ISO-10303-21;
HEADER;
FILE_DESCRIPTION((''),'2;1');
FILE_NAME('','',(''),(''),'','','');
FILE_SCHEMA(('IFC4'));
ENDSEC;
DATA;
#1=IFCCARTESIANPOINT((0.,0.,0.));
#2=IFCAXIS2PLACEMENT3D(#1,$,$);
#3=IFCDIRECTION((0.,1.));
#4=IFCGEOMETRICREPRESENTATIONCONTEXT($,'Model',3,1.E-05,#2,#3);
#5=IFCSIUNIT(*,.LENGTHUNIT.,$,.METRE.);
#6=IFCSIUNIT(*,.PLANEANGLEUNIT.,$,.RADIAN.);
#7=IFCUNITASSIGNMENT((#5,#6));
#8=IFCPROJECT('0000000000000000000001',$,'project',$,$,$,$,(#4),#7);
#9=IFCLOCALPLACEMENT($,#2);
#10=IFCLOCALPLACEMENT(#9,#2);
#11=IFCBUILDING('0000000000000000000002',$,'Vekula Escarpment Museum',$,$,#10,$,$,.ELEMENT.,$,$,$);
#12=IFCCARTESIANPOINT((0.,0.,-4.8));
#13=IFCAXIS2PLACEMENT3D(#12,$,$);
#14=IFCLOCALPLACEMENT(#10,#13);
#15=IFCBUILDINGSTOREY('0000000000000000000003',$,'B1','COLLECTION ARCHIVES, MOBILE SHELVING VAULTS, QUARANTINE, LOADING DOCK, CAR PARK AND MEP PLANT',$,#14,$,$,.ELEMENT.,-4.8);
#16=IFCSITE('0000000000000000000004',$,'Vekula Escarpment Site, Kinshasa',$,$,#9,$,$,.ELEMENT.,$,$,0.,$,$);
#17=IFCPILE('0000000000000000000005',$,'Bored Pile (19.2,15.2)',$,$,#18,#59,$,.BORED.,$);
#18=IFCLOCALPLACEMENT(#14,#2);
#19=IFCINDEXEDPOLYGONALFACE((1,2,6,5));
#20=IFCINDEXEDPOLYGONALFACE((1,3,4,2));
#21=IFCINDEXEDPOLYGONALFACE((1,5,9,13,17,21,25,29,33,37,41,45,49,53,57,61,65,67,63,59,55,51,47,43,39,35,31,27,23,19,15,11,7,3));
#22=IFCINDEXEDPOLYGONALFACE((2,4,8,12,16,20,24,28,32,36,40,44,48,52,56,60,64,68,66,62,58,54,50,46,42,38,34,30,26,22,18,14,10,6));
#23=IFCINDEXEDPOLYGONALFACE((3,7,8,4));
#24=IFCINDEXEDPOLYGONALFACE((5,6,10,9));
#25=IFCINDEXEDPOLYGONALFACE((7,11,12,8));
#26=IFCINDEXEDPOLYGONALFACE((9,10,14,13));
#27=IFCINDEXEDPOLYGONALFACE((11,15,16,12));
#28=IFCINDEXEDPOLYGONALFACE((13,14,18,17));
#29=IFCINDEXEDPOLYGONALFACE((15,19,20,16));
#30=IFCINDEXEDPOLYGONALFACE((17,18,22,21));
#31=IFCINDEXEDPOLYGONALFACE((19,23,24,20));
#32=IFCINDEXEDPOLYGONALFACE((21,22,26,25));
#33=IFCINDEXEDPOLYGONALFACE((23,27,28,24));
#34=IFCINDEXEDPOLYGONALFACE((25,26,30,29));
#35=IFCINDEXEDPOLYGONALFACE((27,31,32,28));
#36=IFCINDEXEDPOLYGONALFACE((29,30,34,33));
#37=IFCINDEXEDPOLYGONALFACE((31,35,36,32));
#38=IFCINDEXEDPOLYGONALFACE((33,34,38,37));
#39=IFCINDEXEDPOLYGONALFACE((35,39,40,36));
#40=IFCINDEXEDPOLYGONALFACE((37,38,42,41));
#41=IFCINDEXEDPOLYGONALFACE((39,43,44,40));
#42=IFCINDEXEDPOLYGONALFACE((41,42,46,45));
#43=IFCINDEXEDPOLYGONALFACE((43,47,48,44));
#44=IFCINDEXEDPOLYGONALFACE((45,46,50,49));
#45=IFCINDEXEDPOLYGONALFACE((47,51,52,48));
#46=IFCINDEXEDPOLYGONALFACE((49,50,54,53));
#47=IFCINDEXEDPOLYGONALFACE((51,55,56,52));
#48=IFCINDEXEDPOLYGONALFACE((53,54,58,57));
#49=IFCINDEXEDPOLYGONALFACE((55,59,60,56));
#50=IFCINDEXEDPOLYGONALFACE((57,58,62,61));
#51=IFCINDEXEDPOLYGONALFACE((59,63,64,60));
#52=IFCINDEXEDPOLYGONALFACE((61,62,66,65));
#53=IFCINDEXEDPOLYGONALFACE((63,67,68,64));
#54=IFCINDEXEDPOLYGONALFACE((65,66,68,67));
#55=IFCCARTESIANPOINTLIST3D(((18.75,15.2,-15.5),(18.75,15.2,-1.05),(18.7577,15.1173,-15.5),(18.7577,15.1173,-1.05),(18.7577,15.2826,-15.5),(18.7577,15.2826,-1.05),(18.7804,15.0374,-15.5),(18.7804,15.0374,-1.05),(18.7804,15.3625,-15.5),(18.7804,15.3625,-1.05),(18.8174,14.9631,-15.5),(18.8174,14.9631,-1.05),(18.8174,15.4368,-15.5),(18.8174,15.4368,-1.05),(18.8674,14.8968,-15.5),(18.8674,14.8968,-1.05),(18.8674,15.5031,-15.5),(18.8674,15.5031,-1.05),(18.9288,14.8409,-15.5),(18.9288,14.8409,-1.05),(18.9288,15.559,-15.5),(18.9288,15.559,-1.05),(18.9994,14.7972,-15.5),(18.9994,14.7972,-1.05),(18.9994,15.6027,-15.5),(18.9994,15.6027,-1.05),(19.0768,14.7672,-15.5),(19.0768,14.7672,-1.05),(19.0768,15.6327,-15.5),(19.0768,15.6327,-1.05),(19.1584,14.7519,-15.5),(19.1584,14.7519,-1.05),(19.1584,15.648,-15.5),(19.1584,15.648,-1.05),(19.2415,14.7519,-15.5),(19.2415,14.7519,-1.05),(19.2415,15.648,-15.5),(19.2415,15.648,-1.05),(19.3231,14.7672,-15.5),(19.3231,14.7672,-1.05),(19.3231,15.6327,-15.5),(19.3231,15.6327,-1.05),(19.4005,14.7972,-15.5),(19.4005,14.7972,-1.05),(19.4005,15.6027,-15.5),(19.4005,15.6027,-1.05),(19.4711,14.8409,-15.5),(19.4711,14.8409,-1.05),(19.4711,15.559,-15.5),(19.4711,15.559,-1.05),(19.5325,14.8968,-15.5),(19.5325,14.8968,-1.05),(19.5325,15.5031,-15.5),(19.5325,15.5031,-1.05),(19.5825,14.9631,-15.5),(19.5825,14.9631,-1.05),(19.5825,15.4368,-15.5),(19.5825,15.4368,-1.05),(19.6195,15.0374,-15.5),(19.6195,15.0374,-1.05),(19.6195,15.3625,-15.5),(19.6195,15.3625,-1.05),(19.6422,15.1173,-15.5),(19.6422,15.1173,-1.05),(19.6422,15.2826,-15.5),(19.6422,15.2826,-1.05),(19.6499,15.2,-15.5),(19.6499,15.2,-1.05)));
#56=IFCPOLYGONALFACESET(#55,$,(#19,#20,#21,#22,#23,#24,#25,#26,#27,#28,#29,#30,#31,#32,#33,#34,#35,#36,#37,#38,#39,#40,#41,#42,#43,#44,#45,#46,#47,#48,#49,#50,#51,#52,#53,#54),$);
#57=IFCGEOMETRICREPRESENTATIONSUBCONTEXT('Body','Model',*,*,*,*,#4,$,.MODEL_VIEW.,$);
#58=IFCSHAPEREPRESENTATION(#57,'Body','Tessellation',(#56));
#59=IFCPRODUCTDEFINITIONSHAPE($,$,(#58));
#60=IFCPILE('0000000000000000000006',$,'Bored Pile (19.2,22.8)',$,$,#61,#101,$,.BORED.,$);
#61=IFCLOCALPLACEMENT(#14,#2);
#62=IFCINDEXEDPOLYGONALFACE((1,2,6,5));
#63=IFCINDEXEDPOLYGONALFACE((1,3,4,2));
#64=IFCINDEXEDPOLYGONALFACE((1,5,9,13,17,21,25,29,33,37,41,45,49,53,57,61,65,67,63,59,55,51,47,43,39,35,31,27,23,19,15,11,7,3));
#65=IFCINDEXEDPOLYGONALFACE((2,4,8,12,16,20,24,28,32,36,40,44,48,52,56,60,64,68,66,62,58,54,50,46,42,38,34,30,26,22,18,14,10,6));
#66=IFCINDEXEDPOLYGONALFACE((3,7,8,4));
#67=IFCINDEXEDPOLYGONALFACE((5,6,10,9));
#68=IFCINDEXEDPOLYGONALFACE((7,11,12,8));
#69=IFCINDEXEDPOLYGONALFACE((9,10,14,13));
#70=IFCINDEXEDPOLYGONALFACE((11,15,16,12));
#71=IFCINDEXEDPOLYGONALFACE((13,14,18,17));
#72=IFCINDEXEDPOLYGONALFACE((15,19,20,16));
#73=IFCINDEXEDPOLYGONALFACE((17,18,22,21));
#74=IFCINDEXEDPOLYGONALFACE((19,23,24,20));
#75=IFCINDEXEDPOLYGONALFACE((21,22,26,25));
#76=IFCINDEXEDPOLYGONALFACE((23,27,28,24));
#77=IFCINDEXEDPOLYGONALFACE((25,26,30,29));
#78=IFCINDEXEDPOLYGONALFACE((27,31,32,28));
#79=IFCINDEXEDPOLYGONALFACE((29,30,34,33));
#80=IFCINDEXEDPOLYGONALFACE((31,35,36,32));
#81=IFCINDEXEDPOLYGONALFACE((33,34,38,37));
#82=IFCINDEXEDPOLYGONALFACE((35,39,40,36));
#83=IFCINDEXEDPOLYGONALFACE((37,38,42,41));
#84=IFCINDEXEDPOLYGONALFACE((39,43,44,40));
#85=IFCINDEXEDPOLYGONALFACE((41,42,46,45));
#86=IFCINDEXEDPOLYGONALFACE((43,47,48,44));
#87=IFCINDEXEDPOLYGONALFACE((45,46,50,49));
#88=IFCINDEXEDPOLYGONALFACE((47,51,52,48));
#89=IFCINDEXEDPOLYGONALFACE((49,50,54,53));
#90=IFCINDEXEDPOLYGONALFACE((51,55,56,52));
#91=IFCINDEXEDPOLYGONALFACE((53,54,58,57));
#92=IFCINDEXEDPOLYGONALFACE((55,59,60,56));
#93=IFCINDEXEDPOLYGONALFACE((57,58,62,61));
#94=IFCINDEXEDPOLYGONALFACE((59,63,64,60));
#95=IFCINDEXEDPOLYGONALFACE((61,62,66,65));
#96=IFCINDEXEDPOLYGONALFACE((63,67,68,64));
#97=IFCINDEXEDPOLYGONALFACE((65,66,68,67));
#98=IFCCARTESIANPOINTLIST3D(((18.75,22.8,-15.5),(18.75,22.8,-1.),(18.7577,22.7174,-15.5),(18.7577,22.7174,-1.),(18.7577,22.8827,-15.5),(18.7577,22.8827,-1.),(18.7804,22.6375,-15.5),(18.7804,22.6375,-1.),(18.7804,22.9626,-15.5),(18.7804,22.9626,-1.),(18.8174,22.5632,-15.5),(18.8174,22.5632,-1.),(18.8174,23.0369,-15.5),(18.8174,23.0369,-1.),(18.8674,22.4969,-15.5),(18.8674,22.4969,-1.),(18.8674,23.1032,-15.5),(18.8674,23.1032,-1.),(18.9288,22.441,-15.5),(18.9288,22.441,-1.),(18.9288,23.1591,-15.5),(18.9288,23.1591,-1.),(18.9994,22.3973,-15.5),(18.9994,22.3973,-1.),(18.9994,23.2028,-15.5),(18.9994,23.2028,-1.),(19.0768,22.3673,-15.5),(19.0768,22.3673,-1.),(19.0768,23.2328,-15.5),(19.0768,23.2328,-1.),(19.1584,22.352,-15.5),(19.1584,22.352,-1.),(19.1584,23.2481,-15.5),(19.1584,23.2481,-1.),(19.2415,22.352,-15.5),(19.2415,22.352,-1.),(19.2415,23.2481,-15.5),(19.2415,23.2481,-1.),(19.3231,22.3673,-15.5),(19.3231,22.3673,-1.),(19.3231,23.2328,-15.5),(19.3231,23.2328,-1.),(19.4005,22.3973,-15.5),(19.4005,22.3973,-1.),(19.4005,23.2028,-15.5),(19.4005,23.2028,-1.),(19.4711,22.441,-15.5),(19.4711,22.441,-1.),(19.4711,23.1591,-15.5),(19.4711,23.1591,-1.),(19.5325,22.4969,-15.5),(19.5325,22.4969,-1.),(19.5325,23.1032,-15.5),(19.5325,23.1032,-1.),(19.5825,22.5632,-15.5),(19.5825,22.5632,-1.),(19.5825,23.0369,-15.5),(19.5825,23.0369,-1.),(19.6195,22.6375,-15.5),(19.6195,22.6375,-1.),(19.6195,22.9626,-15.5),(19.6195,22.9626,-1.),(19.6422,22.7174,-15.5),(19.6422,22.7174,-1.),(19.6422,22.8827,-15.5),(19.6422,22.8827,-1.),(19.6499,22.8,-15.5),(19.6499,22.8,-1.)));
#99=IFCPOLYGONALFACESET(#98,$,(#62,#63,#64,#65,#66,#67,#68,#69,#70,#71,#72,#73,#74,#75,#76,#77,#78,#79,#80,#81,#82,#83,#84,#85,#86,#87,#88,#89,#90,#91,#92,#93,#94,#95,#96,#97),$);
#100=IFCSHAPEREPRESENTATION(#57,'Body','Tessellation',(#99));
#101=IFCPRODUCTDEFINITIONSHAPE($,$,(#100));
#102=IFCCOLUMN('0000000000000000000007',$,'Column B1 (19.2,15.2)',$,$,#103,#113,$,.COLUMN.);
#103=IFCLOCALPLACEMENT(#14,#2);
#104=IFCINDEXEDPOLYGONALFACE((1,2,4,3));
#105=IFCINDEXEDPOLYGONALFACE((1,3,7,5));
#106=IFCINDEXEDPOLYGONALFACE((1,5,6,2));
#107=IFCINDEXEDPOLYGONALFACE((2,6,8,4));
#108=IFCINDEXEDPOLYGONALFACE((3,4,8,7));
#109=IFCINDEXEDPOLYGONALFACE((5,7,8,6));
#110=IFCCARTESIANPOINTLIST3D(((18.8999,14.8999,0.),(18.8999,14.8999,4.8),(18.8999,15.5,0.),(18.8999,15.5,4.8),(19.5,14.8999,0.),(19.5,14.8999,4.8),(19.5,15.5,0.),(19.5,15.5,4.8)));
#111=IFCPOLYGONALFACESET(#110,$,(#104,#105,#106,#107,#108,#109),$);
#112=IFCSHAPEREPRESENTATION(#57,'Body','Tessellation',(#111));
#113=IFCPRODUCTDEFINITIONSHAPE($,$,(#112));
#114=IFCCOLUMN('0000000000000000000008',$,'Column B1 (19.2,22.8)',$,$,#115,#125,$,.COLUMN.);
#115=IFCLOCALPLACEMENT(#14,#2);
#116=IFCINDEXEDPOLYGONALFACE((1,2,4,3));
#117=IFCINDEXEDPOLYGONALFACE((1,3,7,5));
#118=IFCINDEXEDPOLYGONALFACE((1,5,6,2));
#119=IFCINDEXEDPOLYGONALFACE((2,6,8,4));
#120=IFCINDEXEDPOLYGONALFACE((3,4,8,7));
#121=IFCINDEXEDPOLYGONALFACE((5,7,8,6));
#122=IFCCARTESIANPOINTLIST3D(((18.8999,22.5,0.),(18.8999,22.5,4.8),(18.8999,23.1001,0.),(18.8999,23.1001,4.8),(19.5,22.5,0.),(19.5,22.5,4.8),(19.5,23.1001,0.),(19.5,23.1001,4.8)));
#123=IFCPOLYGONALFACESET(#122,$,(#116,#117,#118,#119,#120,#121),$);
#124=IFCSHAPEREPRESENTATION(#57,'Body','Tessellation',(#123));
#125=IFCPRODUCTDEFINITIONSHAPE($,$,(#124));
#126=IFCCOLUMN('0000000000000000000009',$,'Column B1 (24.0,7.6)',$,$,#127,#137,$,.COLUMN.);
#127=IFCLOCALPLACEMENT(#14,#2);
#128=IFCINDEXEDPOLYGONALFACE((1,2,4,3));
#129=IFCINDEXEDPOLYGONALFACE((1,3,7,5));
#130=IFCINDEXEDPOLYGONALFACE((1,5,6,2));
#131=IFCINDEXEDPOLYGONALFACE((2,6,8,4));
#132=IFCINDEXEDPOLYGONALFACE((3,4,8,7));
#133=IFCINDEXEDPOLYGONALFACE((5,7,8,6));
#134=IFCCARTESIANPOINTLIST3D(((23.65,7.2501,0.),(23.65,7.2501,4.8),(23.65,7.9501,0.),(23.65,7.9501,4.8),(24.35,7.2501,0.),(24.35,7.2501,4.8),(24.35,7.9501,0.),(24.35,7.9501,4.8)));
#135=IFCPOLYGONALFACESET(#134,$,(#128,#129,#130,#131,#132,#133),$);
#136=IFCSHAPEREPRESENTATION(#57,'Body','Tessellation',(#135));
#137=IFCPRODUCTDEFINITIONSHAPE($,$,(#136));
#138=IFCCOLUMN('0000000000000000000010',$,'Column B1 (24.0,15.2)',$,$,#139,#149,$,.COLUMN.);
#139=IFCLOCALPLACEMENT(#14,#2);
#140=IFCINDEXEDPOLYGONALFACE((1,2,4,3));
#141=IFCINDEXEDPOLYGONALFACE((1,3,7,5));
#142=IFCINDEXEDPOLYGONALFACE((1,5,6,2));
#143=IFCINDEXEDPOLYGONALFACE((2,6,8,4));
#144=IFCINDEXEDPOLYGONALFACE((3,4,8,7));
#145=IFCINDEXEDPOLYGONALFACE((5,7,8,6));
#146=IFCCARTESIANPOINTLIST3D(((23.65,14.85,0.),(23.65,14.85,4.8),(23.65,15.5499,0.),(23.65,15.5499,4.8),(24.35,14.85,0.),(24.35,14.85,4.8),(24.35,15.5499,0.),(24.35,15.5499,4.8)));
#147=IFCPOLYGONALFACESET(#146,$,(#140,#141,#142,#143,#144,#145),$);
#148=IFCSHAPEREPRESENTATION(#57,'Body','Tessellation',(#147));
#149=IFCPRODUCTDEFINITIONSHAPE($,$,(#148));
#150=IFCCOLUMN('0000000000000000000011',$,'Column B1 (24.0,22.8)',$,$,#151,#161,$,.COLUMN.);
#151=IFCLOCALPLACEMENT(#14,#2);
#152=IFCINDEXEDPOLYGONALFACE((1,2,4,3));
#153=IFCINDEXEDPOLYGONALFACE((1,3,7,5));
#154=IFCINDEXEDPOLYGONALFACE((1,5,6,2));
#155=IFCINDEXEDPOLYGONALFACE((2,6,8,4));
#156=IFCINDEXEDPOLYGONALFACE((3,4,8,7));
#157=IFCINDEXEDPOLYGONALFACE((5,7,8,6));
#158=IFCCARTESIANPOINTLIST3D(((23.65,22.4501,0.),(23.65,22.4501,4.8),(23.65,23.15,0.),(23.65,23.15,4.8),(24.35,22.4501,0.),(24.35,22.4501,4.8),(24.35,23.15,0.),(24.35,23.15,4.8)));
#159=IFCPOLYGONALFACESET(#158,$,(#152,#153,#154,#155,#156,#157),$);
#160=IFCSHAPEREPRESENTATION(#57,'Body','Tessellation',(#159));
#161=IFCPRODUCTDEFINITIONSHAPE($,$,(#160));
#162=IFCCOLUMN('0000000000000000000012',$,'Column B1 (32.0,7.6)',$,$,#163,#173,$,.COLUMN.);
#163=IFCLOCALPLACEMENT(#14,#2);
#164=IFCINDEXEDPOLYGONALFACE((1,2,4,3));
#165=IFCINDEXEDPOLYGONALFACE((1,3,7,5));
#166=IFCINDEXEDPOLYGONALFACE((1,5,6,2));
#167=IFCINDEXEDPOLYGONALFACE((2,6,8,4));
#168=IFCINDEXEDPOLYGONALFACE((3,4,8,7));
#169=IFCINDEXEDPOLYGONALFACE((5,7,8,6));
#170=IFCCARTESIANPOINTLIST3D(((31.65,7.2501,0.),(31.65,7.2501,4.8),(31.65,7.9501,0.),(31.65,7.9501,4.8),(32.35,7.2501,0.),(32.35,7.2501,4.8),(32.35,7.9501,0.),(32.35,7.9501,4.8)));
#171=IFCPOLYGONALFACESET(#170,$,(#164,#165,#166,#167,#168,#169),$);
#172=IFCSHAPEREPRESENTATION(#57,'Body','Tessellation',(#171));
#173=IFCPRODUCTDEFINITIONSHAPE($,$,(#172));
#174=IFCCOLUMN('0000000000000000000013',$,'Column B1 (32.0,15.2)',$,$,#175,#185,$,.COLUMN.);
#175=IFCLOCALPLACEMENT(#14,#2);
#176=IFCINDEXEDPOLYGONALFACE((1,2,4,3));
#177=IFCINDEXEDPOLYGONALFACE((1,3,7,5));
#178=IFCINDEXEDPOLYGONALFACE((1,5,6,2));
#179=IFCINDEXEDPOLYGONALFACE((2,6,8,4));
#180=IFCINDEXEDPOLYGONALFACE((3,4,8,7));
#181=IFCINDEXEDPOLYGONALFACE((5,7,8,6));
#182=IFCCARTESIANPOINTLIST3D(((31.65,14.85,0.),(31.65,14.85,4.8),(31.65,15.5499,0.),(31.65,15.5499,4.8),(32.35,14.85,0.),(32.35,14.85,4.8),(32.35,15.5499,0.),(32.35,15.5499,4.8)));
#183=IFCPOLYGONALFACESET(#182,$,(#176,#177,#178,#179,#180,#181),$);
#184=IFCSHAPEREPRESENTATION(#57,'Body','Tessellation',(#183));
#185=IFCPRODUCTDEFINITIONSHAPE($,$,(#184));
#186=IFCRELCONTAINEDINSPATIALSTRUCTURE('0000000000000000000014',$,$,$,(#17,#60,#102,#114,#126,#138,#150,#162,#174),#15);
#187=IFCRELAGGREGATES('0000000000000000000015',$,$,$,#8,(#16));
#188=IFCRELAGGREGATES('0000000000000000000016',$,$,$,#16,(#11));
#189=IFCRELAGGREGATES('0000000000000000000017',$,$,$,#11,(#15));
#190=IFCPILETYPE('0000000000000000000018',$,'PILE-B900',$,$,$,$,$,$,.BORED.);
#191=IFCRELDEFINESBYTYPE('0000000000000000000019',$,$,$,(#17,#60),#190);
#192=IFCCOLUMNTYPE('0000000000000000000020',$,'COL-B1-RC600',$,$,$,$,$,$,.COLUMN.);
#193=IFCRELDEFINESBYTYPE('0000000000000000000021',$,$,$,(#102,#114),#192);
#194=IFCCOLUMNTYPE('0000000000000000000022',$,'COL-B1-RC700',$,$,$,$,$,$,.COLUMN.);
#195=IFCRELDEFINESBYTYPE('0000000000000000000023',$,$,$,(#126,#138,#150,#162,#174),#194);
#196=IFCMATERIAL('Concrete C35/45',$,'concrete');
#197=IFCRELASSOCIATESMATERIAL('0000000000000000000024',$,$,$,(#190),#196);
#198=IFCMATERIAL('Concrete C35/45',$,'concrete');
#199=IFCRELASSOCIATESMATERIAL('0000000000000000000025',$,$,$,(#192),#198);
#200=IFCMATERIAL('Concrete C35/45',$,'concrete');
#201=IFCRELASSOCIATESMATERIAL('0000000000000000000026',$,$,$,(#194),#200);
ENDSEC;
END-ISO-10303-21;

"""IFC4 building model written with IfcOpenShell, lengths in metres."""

from ifc_helpers import new_model, si_unit, direction, frame, origin, origin_2d, place, context, subcontext, project, spatial, rectangle, circle, extrude, material, material_profile, profile_set, type_object, element, save


model = new_model("IFC4")

# Units and contexts
model_context = context("Model", 3, precision=1e-05, world=origin(), true_north=direction((0.0, 1.0)))
body_context = subcontext(model_context, "Body", "Model", "MODEL_VIEW")
ifc_project = project(units=[si_unit("LENGTHUNIT", "METRE"), si_unit("PLANEANGLEUNIT", "RADIAN")], contexts=[model_context])

# Site, building, storey
site_placement = place(None, origin())
site = spatial("IfcSite", under=ifc_project, at=site_placement, Name="Vekula Escarpment Site, Kinshasa", CompositionType="ELEMENT", RefElevation=0.0)
building_placement = place(site_placement, origin())
building = spatial("IfcBuilding", under=site, at=building_placement, Name="Vekula Escarpment Museum", CompositionType="ELEMENT")
storey_placement = place(building_placement, frame((0.0, 0.0, -4.8)))
storey = spatial("IfcBuildingStorey", under=building, at=storey_placement, Name="B1", Description="COLLECTION ARCHIVES, MOBILE SHELVING VAULTS, QUARANTINE, LOADING DOCK, CAR PARK AND MEP PLANT", CompositionType="ELEMENT", Elevation=-4.8)

# Piles
ifc_material_1 = material(Name="Concrete C35/45", Category="concrete")
ifc_material_profile_1 = material_profile(ifc_material_1, circle(Radius=0.45, at=origin_2d()), Name="BORED PILE 900")
ifc_profile_set_1 = profile_set([ifc_material_profile_1], Name="Concrete C35/45")
pile_type = type_object("IfcPileType", Name="PILE-B900", PredefinedType="BORED", material=ifc_profile_set_1)
pile_1_placement = place(storey_placement, frame((19.2, 15.2, -1.05), z_axis=(0.0, 0.0, -1.0), x_axis=(1.0, 0.0, 0.0)))
element("IfcPile", 1, at=pile_1_placement, inside=storey, type_object=pile_type, Name="Bored Pile (19.2,15.2)", PredefinedType="BORED", context=body_context, shape_type="SweptSolid", body=[
    extrude(circle(Radius=0.45, at=origin_2d()), origin(), (0.0, 0.0, 1.0), 14.45),
])
pile_2_placement = place(storey_placement, frame((19.2, 22.8, -1.0), z_axis=(0.0, 0.0, -1.0), x_axis=(1.0, 0.0, 0.0)))
element("IfcPile", 2, at=pile_2_placement, inside=storey, type_object=pile_type, Name="Bored Pile (19.2,22.8)", PredefinedType="BORED", context=body_context, shape_type="SweptSolid", body=[
    extrude(circle(Radius=0.45, at=origin_2d()), origin(), (0.0, 0.0, 1.0), 14.5),
])

# Columns
ifc_material_2 = material(Name="Concrete C35/45", Category="concrete")
ifc_material_profile_2 = material_profile(ifc_material_2, rectangle(XDim=0.6001, YDim=0.6001, at=origin_2d()), Name="RC 600x600")
ifc_profile_set_2 = profile_set([ifc_material_profile_2], Name="Concrete C35/45")
column_type_1 = type_object("IfcColumnType", Name="COL-B1-RC600", PredefinedType="COLUMN", material=ifc_profile_set_2)
for number, where, z_axis, x_axis, name in (
    (3, (19.2, 15.2, 0.0), (0.0, 0.0, 1.0), (1.0, 0.0, 0.0), "Column B1 (19.2,15.2)"),
    (4, (19.2, 22.8, 0.0), (0.0, 0.0, 1.0), (1.0, 0.0, 0.0), "Column B1 (19.2,22.8)"),
):
    element("IfcColumn", number, at=place(storey_placement, frame(where, z_axis=z_axis, x_axis=x_axis)), inside=storey, type_object=column_type_1, Name=name, PredefinedType="COLUMN", context=body_context, shape_type="SweptSolid", body=[
        extrude(rectangle(XDim=0.6001, YDim=0.6001, at=origin_2d()), origin(), (0.0, 0.0, 1.0), 4.8),
    ])
ifc_material_3 = material(Name="Concrete C35/45", Category="concrete")
ifc_material_profile_3 = material_profile(ifc_material_3, rectangle(XDim=0.7, YDim=0.7, at=origin_2d()), Name="RC 700x700")
ifc_profile_set_3 = profile_set([ifc_material_profile_3], Name="Concrete C35/45")
column_type_2 = type_object("IfcColumnType", Name="COL-B1-RC700", PredefinedType="COLUMN", material=ifc_profile_set_3)
for number, where, z_axis, x_axis, name in (
    (5, (24.0, 7.6001, 0.0), (0.0, 0.0, 1.0), (1.0, 0.0, 0.0), "Column B1 (24.0,7.6)"),
    (6, (24.0, 15.2, 0.0), (0.0, 0.0, 1.0), (1.0, 0.0, 0.0), "Column B1 (24.0,15.2)"),
    (7, (24.0, 22.8, 0.0), (0.0, 0.0, 1.0), (1.0, 0.0, 0.0), "Column B1 (24.0,22.8)"),
    (8, (32.0, 7.6001, 0.0), (0.0, 0.0, 1.0), (1.0, 0.0, 0.0), "Column B1 (32.0,7.6)"),
    (9, (32.0, 15.2, 0.0), (0.0, 0.0, 1.0), (1.0, 0.0, 0.0), "Column B1 (32.0,15.2)"),
):
    element("IfcColumn", number, at=place(storey_placement, frame(where, z_axis=z_axis, x_axis=x_axis)), inside=storey, type_object=column_type_2, Name=name, PredefinedType="COLUMN", context=body_context, shape_type="SweptSolid", body=[
        extrude(rectangle(XDim=0.7, YDim=0.7, at=origin_2d()), origin(), (0.0, 0.0, 1.0), 4.8),
    ])

save(model, "model.ifc")
